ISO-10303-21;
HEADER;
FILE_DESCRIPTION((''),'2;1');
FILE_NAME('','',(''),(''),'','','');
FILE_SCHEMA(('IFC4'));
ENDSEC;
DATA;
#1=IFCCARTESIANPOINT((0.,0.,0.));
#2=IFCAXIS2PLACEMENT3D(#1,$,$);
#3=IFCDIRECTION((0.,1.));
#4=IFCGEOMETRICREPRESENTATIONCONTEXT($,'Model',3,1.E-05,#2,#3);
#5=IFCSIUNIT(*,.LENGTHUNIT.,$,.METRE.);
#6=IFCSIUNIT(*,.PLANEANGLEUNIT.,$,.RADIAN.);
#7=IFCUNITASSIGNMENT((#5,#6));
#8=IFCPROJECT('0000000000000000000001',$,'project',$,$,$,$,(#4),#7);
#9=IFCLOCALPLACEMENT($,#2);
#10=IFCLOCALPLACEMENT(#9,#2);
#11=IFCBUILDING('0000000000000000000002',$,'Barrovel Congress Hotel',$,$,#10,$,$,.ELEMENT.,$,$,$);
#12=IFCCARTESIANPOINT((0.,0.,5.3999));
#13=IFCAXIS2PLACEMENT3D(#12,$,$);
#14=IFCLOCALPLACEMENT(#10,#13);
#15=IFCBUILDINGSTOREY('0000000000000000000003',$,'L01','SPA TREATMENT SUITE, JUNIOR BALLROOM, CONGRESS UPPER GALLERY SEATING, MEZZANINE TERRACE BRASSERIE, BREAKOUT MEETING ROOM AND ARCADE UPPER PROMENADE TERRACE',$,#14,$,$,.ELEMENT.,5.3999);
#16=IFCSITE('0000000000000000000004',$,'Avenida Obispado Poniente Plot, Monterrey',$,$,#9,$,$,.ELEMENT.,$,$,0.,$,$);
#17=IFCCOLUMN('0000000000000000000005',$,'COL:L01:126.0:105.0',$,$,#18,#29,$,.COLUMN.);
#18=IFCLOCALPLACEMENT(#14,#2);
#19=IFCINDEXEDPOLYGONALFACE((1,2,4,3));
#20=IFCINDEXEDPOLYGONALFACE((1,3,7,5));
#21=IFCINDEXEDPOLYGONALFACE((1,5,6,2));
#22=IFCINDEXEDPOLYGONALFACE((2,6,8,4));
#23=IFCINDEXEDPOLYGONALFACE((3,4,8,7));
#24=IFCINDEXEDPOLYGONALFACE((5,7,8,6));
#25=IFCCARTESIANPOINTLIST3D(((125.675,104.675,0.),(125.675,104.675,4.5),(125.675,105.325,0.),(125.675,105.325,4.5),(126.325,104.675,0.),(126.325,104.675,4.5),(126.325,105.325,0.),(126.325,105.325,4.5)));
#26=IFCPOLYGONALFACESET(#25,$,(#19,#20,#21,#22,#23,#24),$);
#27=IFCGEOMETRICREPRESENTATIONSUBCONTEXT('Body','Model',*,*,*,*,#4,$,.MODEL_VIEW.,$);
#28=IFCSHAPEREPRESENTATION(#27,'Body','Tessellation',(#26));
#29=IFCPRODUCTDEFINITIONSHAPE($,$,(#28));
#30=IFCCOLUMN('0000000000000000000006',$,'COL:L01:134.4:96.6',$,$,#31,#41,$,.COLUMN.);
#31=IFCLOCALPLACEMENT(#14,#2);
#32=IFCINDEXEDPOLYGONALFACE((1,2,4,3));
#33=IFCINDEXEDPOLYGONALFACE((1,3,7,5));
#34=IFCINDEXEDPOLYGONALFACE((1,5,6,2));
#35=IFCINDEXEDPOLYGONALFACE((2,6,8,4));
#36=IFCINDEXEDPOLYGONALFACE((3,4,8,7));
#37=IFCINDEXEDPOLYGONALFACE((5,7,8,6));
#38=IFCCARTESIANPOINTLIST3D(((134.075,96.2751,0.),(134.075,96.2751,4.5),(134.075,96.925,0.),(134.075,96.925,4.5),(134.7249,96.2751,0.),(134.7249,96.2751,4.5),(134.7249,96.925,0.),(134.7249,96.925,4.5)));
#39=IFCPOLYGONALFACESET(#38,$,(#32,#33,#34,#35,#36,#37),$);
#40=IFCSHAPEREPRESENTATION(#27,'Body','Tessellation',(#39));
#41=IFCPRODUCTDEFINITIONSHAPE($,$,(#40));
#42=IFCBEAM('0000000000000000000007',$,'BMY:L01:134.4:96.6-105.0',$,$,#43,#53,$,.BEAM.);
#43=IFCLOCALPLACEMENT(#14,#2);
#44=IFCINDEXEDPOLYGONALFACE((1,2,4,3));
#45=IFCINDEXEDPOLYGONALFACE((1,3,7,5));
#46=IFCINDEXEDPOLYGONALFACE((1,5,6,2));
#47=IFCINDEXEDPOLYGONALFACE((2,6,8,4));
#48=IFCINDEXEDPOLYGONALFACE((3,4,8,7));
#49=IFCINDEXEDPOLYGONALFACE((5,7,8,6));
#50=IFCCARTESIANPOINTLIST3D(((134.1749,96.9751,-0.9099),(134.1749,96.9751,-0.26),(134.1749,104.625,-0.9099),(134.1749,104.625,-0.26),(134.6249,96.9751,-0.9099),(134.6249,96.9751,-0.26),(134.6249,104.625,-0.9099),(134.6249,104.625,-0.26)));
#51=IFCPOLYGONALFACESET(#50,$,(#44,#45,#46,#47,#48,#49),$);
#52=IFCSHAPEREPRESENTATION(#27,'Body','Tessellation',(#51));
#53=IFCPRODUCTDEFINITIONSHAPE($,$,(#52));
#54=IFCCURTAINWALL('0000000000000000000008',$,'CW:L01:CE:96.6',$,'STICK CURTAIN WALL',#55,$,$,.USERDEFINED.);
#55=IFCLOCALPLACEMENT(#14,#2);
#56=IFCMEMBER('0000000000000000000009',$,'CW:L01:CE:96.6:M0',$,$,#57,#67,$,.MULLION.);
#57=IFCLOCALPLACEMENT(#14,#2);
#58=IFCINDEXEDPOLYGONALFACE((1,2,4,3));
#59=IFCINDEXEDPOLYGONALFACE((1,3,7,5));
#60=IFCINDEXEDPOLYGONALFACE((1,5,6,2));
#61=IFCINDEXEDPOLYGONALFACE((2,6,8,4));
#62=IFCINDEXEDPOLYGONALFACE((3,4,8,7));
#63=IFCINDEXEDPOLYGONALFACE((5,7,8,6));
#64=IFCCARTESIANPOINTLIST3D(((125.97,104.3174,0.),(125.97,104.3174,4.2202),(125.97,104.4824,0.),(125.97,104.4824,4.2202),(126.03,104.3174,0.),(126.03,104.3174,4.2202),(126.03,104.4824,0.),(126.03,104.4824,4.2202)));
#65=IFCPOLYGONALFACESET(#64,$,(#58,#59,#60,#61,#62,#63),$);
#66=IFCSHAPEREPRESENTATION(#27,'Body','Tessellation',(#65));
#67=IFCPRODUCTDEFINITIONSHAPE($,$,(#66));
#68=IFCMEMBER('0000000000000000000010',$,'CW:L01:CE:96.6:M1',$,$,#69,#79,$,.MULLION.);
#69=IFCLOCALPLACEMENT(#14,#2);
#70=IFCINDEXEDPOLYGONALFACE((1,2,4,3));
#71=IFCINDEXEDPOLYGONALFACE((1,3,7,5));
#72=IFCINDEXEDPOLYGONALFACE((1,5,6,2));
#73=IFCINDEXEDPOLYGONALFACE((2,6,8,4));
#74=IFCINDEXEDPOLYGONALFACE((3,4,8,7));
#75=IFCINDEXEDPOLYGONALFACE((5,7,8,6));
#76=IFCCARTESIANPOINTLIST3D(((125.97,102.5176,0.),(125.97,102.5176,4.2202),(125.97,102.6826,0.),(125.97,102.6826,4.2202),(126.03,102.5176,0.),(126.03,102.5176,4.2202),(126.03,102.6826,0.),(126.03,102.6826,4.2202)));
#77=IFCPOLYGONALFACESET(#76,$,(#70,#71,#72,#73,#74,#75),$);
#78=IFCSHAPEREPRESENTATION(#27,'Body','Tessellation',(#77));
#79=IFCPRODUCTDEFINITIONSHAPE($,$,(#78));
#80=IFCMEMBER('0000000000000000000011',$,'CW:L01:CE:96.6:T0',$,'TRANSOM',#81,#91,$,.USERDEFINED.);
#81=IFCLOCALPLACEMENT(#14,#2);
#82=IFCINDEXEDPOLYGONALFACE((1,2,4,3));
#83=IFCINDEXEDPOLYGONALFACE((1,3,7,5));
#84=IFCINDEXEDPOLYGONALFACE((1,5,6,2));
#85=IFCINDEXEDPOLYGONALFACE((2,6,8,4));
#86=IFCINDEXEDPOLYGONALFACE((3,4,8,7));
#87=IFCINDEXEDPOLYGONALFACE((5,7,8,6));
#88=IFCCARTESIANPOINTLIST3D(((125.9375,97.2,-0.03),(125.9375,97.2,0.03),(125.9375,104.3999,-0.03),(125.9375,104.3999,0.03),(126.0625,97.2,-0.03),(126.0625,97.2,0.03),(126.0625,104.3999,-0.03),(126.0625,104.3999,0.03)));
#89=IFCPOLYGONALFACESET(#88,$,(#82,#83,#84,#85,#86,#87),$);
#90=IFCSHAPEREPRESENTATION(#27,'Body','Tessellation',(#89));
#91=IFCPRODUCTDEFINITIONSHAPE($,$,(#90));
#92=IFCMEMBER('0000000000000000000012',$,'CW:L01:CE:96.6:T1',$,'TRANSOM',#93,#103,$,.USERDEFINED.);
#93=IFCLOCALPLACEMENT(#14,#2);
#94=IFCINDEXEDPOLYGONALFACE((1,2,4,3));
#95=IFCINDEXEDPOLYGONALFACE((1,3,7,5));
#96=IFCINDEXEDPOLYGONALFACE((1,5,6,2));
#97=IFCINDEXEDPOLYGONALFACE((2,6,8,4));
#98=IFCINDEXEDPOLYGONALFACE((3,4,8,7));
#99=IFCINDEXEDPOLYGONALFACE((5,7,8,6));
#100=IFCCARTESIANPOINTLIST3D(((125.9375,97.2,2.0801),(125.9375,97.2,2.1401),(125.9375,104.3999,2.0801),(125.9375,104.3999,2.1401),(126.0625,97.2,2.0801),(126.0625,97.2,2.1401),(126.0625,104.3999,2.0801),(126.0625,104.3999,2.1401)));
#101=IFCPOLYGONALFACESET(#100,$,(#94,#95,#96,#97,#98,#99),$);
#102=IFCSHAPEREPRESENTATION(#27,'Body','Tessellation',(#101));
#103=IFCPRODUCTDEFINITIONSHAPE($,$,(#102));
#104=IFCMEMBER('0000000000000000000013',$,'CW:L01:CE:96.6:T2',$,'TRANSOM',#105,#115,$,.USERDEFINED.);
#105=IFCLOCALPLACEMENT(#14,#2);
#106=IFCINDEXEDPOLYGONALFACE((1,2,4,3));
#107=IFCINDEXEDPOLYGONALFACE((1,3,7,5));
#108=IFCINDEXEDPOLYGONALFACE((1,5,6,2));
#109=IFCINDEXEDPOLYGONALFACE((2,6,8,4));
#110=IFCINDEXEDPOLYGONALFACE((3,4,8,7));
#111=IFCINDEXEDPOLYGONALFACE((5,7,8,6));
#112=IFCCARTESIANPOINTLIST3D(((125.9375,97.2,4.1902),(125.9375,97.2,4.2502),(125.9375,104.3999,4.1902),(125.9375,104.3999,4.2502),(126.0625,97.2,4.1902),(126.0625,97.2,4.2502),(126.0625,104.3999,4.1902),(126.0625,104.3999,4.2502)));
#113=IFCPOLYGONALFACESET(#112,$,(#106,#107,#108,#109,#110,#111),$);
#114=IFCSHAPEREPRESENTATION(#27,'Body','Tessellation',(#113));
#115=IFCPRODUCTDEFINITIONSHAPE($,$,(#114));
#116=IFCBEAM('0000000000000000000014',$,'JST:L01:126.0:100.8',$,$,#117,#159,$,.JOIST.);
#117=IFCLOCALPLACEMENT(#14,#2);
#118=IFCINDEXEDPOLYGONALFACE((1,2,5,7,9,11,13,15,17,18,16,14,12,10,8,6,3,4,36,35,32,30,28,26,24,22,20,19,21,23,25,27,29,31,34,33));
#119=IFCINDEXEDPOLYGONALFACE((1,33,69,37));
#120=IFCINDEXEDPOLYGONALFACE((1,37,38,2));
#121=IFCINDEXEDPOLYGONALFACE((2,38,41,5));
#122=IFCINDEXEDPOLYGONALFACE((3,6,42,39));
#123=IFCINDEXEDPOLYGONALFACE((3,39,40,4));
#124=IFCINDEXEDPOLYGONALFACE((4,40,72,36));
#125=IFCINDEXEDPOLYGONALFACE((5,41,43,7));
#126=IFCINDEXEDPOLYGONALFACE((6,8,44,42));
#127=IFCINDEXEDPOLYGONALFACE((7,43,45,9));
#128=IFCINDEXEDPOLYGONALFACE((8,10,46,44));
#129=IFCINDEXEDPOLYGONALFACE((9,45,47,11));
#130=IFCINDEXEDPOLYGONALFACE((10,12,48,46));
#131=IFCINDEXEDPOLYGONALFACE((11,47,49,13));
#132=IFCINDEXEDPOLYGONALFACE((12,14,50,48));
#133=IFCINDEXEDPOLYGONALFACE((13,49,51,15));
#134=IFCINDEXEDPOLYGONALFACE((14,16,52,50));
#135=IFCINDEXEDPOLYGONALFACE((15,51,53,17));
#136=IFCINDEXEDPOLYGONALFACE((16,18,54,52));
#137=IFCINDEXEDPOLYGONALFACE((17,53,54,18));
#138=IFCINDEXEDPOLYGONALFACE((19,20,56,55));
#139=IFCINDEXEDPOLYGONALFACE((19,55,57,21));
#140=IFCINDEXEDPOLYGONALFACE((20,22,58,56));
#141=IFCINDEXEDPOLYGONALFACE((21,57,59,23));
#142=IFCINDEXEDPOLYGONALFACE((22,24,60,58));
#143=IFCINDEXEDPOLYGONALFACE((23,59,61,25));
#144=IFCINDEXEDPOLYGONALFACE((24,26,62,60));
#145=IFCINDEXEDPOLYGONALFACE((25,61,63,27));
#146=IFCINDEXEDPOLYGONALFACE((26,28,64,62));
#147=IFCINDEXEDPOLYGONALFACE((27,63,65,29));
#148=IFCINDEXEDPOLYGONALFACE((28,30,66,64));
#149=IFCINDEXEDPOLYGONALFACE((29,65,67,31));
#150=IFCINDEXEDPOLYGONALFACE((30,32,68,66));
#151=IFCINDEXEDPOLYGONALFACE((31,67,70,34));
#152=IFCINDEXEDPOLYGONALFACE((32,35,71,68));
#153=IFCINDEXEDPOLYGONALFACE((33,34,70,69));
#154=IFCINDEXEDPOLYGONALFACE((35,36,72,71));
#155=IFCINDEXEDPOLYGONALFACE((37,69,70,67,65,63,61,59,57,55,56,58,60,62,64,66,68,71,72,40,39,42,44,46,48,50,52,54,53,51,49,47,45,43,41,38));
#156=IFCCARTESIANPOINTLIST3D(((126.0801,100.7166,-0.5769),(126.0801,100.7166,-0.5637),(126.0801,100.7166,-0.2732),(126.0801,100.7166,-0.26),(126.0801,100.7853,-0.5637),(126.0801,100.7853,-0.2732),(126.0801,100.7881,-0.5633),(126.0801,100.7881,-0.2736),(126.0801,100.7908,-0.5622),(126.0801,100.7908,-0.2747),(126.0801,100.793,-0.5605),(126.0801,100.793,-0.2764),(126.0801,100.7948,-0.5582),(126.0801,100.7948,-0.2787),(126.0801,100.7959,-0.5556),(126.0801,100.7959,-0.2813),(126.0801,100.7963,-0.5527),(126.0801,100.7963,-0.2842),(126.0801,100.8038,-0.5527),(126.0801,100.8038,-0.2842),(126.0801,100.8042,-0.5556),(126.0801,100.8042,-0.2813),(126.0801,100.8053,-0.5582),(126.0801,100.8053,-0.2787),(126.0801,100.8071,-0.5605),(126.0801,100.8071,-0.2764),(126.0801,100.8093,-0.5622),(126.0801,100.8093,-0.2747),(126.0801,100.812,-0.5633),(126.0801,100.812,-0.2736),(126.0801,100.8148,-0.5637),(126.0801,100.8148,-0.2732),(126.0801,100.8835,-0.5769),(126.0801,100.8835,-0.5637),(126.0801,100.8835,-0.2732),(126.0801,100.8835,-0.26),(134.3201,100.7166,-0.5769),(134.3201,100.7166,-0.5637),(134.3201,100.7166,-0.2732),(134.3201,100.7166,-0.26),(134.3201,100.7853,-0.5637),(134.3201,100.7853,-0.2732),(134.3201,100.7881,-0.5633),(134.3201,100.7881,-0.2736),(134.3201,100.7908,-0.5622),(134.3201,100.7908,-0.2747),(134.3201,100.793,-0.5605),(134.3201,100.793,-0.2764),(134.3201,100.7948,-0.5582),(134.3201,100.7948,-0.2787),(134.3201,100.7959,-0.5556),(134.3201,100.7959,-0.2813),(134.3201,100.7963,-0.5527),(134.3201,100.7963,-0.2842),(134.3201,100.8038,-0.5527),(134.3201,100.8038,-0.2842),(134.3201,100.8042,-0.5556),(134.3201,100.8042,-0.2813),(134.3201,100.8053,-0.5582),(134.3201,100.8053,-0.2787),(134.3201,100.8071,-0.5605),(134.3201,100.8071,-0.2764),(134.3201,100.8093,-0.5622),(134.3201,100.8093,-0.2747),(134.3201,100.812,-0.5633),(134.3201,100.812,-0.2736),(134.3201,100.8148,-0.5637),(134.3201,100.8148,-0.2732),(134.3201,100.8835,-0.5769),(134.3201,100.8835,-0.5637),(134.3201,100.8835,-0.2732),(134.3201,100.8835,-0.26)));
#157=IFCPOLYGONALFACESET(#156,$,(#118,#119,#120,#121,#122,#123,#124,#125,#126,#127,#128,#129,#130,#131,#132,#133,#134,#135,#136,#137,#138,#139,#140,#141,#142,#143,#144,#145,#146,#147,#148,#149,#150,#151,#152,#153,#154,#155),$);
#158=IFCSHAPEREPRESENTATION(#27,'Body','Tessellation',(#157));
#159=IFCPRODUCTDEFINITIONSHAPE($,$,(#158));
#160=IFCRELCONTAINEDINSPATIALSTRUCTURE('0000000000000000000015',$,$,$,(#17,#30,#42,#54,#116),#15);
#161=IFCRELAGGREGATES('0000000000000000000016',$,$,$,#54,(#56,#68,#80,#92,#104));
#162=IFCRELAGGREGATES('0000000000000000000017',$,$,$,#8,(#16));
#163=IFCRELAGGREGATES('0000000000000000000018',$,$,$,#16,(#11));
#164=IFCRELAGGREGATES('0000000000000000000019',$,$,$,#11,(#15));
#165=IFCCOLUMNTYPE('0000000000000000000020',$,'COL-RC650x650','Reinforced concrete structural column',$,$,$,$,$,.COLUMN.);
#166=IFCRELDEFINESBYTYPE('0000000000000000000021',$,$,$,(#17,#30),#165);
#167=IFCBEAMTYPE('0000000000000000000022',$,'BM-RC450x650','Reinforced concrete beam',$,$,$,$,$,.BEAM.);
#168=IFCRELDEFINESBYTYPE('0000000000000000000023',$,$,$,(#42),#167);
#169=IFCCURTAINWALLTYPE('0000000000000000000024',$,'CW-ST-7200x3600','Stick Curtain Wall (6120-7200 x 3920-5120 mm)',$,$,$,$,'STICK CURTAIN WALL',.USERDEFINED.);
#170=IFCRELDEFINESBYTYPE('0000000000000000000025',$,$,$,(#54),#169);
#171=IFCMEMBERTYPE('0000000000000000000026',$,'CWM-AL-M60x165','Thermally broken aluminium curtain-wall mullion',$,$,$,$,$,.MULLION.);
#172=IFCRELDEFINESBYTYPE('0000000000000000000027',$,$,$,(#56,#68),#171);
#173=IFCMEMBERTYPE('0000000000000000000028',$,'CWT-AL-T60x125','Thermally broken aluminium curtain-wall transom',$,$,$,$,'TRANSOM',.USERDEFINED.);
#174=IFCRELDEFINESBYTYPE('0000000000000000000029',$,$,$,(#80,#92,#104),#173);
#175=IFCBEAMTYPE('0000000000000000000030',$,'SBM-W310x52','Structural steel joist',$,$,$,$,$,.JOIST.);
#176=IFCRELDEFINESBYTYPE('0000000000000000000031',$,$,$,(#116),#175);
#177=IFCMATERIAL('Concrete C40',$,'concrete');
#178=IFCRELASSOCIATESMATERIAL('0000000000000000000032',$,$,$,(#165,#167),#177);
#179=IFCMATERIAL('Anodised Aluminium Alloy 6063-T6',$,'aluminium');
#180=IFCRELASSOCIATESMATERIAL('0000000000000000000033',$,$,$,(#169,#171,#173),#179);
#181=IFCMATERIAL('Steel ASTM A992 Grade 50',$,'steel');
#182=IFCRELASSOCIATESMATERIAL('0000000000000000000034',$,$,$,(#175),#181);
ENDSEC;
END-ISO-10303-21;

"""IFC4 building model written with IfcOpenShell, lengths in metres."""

from ifc_helpers import new_model, si_unit, direction, frame, origin, origin_2d, place, context, subcontext, project, spatial, rectangle, i_section, extrude, material, material_profile, profile_set, type_object, element, aggregate, save


model = new_model("IFC4")

# Units and contexts
model_context = context("Model", 3, precision=1e-05, world=origin(), true_north=direction((0.0, 1.0)))
body_context = subcontext(model_context, "Body", "Model", "MODEL_VIEW")
ifc_project = project(units=[si_unit("LENGTHUNIT", "METRE"), si_unit("PLANEANGLEUNIT", "RADIAN")], contexts=[model_context])

# Site, building, storey
site_placement = place(None, origin())
site = spatial("IfcSite", under=ifc_project, at=site_placement, Name="Avenida Obispado Poniente Plot, Monterrey", CompositionType="ELEMENT", RefElevation=0.0)
building_placement = place(site_placement, origin())
building = spatial("IfcBuilding", under=site, at=building_placement, Name="Barrovel Congress Hotel", CompositionType="ELEMENT")
storey_placement = place(building_placement, frame((0.0, 0.0, 5.3999)))
storey = spatial("IfcBuildingStorey", under=building, at=storey_placement, Name="L01", Description="SPA TREATMENT SUITE, JUNIOR BALLROOM, CONGRESS UPPER GALLERY SEATING, MEZZANINE TERRACE BRASSERIE, BREAKOUT MEETING ROOM AND ARCADE UPPER PROMENADE TERRACE", CompositionType="ELEMENT", Elevation=5.3999)

# Columns
ifc_material_1 = material(Name="Concrete C40", Category="concrete")
ifc_material_profile_1 = material_profile(ifc_material_1, rectangle(XDim=0.6499, YDim=0.6499, at=origin_2d()), Name="RC650x650")
ifc_profile_set_1 = profile_set([ifc_material_profile_1], Name="Concrete C40")
column_type = type_object("IfcColumnType", Name="COL-RC650x650", Description="Reinforced concrete structural column", PredefinedType="COLUMN", material=ifc_profile_set_1)
for number, where, z_axis, x_axis, name in (
    (1, (126.0, 105.0, 0.0), (0.0, 0.0, 1.0), (1.0, 0.0, 0.0), "COL:L01:126.0:105.0"),
    (2, (134.3999, 96.6001, 0.0), (0.0, 0.0, 1.0), (1.0, 0.0, 0.0), "COL:L01:134.4:96.6"),
):
    element("IfcColumn", number, at=place(storey_placement, frame(where, z_axis=z_axis, x_axis=x_axis)), inside=storey, type_object=column_type, Name=name, PredefinedType="COLUMN", context=body_context, shape_type="SweptSolid", body=[
        extrude(rectangle(XDim=0.6499, YDim=0.6499, at=origin_2d()), origin(), (0.0, 0.0, 1.0), 4.5),
    ])

# Beam
ifc_material_profile_2 = material_profile(ifc_material_1, rectangle(XDim=0.45, YDim=0.6499, at=origin_2d()), Name="RC450x650")
ifc_profile_set_2 = profile_set([ifc_material_profile_2], Name="Concrete C40")
beam_type_1 = type_object("IfcBeamType", Name="BM-RC450x650", Description="Reinforced concrete beam", PredefinedType="BEAM", material=ifc_profile_set_2)
beam_1_placement = place(storey_placement, frame((134.3999, 96.9751, -0.585), z_axis=(0.0, 1.0, 0.0), x_axis=(-1.0, 0.0, 0.0)))
element("IfcBeam", 3, at=beam_1_placement, inside=storey, type_object=beam_type_1, Name="BMY:L01:134.4:96.6-105.0", PredefinedType="BEAM", context=body_context, shape_type="SweptSolid", body=[
    extrude(rectangle(XDim=0.45, YDim=0.6499, at=origin_2d()), origin(), (0.0, 0.0, 1.0), 7.6499),
])

# Curtain wall, members
ifc_material_2 = material(Name="Anodised Aluminium Alloy 6063-T6", Category="aluminium")
curtain_wall_type = type_object("IfcCurtainWallType", Name="CW-ST-7200x3600", Description="Stick Curtain Wall (6120-7200 x 3920-5120 mm)", ElementType="STICK CURTAIN WALL", PredefinedType="USERDEFINED", material=ifc_material_2)
curtain_wall_placement = place(storey_placement, origin())
curtain_wall = element("IfcCurtainWall", 4, at=curtain_wall_placement, inside=storey, type_object=curtain_wall_type, Name="CW:L01:CE:96.6", ObjectType="STICK CURTAIN WALL", PredefinedType="USERDEFINED")
ifc_material_profile_3 = material_profile(ifc_material_2, rectangle(XDim=0.0601, YDim=0.165, at=origin_2d()), Name="AL-M60x165")
ifc_profile_set_3 = profile_set([ifc_material_profile_3], Name="Anodised Aluminium Alloy 6063-T6")
member_type_1 = type_object("IfcMemberType", Name="CWM-AL-M60x165", Description="Thermally broken aluminium curtain-wall mullion", PredefinedType="MULLION", material=ifc_profile_set_3)
member_1_placement = place(storey_placement, frame((126.0, 104.3999, 0.0), z_axis=(0.0, 0.0, 1.0), x_axis=(1.0, 0.0, 0.0)))
member_1 = element("IfcMember", 5, at=member_1_placement, type_object=member_type_1, Name="CW:L01:CE:96.6:M0", PredefinedType="MULLION", context=body_context, shape_type="SweptSolid", body=[
    extrude(rectangle(XDim=0.0601, YDim=0.165, at=origin_2d()), origin(), (0.0, 0.0, 1.0), 4.2202),
])
member_2_placement = place(storey_placement, frame((126.0, 102.6001, 0.0), z_axis=(0.0, 0.0, 1.0), x_axis=(1.0, 0.0, 0.0)))
member_2 = element("IfcMember", 6, at=member_2_placement, type_object=member_type_1, Name="CW:L01:CE:96.6:M1", PredefinedType="MULLION", context=body_context, shape_type="SweptSolid", body=[
    extrude(rectangle(XDim=0.0601, YDim=0.165, at=origin_2d()), origin(), (0.0, 0.0, 1.0), 4.2202),
])
ifc_material_profile_4 = material_profile(ifc_material_2, rectangle(XDim=0.125, YDim=0.0601, at=origin_2d()), Name="AL-T60x125")
ifc_profile_set_4 = profile_set([ifc_material_profile_4], Name="Anodised Aluminium Alloy 6063-T6")
member_type_2 = type_object("IfcMemberType", Name="CWT-AL-T60x125", Description="Thermally broken aluminium curtain-wall transom", ElementType="TRANSOM", PredefinedType="USERDEFINED", material=ifc_profile_set_4)
member_3_placement = place(storey_placement, frame((126.0, 104.3999, 0.0), z_axis=(0.0, -1.0, 0.0), x_axis=(1.0, 0.0, 0.0)))
member_3 = element("IfcMember", 7, at=member_3_placement, type_object=member_type_2, Name="CW:L01:CE:96.6:T0", ObjectType="TRANSOM", PredefinedType="USERDEFINED", context=body_context, shape_type="SweptSolid", body=[
    extrude(rectangle(XDim=0.125, YDim=0.0601, at=origin_2d()), origin(), (0.0, 0.0, 1.0), 7.2),
])
member_4_placement = place(storey_placement, frame((126.0, 104.3999, 2.1101), z_axis=(0.0, -1.0, 0.0), x_axis=(1.0, 0.0, 0.0)))
member_4 = element("IfcMember", 8, at=member_4_placement, type_object=member_type_2, Name="CW:L01:CE:96.6:T1", ObjectType="TRANSOM", PredefinedType="USERDEFINED", context=body_context, shape_type="SweptSolid", body=[
    extrude(rectangle(XDim=0.125, YDim=0.0601, at=origin_2d()), origin(), (0.0, 0.0, 1.0), 7.2),
])
member_5_placement = place(storey_placement, frame((126.0, 104.3999, 4.2202), z_axis=(0.0, -1.0, 0.0), x_axis=(1.0, 0.0, 0.0)))
member_5 = element("IfcMember", 9, at=member_5_placement, type_object=member_type_2, Name="CW:L01:CE:96.6:T2", ObjectType="TRANSOM", PredefinedType="USERDEFINED", context=body_context, shape_type="SweptSolid", body=[
    extrude(rectangle(XDim=0.125, YDim=0.0601, at=origin_2d()), origin(), (0.0, 0.0, 1.0), 7.2),
])

# Beam
ifc_material_3 = material(Name="Steel ASTM A992 Grade 50", Category="steel")
ifc_material_profile_5 = material_profile(ifc_material_3, i_section(OverallWidth=0.167, OverallDepth=0.3169, WebThickness=0.0076, FlangeThickness=0.0132, FilletRadius=0.011, at=origin_2d()), Name="W310x52")
ifc_profile_set_5 = profile_set([ifc_material_profile_5], Name="Steel ASTM A992 Grade 50")
beam_type_2 = type_object("IfcBeamType", Name="SBM-W310x52", Description="Structural steel joist", PredefinedType="JOIST", material=ifc_profile_set_5)
for number, where, z_axis, x_axis, name in (
    (10, (126.0801, 100.8, -0.4185), (1.0, 0.0, 0.0), (0.0, 1.0, 0.0), "JST:L01:126.0:100.8"),
):
    element("IfcBeam", number, at=place(storey_placement, frame(where, z_axis=z_axis, x_axis=x_axis)), inside=storey, type_object=beam_type_2, Name=name, PredefinedType="JOIST", context=body_context, shape_type="SweptSolid", body=[
        extrude(i_section(OverallWidth=0.167, OverallDepth=0.3169, WebThickness=0.0076, FlangeThickness=0.0132, FilletRadius=0.011, at=origin_2d()), origin(), (0.0, 0.0, 1.0), 8.24),
    ])

aggregate(curtain_wall, [member_1, member_2, member_3, member_4, member_5])

save(model, "model.ifc")
